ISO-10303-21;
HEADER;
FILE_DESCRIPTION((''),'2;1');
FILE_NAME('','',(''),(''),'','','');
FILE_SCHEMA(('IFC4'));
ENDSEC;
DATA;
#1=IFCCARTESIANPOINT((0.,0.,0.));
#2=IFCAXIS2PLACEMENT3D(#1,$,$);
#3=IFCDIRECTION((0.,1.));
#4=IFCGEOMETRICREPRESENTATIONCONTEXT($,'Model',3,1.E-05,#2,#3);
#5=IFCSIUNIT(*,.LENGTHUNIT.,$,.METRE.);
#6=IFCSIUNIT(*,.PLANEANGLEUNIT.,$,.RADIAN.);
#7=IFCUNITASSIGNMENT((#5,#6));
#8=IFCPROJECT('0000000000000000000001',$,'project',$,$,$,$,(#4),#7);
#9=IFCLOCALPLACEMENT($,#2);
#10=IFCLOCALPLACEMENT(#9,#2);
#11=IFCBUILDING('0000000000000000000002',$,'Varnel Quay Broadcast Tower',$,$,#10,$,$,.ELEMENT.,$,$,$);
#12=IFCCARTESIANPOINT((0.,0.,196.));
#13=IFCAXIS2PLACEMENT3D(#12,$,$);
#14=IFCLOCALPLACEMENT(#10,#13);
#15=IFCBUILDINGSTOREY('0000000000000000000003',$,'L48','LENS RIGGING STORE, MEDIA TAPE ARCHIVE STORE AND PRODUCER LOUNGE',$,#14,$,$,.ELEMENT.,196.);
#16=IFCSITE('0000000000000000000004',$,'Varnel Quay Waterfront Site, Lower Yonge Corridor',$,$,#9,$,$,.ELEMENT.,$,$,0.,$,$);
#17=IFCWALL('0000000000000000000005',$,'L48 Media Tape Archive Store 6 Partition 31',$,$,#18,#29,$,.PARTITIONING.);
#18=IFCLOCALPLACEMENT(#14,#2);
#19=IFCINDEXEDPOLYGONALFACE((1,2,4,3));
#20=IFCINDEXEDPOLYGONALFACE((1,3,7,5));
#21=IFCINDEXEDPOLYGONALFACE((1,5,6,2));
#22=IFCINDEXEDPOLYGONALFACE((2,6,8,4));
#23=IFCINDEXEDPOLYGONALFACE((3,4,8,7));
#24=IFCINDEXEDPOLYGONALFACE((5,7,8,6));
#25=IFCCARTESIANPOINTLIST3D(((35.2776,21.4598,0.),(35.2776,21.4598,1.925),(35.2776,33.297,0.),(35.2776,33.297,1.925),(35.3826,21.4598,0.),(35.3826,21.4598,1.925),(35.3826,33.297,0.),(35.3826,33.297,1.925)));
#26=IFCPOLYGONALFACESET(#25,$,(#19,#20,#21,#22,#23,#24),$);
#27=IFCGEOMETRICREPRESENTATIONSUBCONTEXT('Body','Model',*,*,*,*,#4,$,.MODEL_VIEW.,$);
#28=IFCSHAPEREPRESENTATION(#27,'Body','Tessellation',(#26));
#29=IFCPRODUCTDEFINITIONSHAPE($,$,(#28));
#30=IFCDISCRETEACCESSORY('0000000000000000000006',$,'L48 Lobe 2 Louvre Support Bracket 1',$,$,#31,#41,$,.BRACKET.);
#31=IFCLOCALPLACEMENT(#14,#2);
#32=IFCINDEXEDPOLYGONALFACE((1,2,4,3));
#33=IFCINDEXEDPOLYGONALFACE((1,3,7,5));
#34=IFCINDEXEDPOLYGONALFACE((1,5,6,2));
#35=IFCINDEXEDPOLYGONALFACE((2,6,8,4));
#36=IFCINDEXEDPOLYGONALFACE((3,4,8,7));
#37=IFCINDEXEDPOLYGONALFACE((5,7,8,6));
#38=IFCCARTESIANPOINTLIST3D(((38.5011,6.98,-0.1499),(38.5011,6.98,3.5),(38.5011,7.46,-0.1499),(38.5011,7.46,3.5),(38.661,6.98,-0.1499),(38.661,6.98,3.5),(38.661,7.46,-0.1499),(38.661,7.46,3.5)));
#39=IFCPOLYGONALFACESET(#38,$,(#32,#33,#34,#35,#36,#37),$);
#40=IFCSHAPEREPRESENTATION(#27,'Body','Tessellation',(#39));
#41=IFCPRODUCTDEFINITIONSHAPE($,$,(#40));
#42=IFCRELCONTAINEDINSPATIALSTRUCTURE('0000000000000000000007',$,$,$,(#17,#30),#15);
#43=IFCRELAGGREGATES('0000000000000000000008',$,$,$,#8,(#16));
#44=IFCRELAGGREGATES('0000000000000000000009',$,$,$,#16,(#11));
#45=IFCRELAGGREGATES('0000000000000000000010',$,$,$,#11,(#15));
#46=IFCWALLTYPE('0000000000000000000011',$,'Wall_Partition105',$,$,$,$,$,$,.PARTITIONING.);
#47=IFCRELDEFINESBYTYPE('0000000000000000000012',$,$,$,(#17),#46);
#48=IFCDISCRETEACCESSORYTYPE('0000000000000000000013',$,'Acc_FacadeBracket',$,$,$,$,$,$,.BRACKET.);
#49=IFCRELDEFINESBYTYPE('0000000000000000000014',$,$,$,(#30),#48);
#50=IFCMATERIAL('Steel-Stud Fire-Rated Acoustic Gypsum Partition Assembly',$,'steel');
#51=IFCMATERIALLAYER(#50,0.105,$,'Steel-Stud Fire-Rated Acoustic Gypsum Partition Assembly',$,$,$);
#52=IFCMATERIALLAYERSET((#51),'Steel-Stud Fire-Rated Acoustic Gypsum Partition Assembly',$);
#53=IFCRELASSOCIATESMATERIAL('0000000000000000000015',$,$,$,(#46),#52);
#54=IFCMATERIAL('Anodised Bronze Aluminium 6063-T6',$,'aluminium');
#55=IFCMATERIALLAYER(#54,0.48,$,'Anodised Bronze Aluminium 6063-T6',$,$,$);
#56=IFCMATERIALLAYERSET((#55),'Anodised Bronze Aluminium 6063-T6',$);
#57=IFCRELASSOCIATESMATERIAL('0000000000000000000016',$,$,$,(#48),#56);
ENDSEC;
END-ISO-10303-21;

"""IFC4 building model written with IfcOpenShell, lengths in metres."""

from ifc_helpers import new_model, si_unit, direction, frame, frame_2d, origin, origin_2d, place, context, subcontext, project, spatial, rectangle, extrude, source, transform, mapped, material, layer, layer_set, type_object, type_shapes, element, save


model = new_model("IFC4")

# Units and contexts
model_context = context("Model", 3, precision=1e-05, world=origin(), true_north=direction((0.0, 1.0)))
body_context = subcontext(model_context, "Body", "Model", "MODEL_VIEW")
ifc_project = project(units=[si_unit("LENGTHUNIT", "METRE"), si_unit("PLANEANGLEUNIT", "RADIAN")], contexts=[model_context])

# Site, building, storey
site_placement = place(None, origin())
site = spatial("IfcSite", under=ifc_project, at=site_placement, Name="Varnel Quay Waterfront Site, Lower Yonge Corridor", CompositionType="ELEMENT", RefElevation=0.0)
building_placement = place(site_placement, origin())
building = spatial("IfcBuilding", under=site, at=building_placement, Name="Varnel Quay Broadcast Tower", CompositionType="ELEMENT")
storey_placement = place(building_placement, frame((0.0, 0.0, 196.0)))
storey = spatial("IfcBuildingStorey", under=building, at=storey_placement, Name="L48", Description="LENS RIGGING STORE, MEDIA TAPE ARCHIVE STORE AND PRODUCER LOUNGE", CompositionType="ELEMENT", Elevation=196.0)

# Shared definitions
ifc_material_1 = material(Name="Anodised Bronze Aluminium 6063-T6", Category="aluminium")

# Shared definitions
ifc_material_2 = material(Name="Steel-Stud Fire-Rated Acoustic Gypsum Partition Assembly", Category="steel")
ifc_layer_1 = layer(ifc_material_2, 0.105, Name="Steel-Stud Fire-Rated Acoustic Gypsum Partition Assembly")
ifc_layer_set_1 = layer_set([ifc_layer_1], Name="Steel-Stud Fire-Rated Acoustic Gypsum Partition Assembly")
wall_type = type_object("IfcWallType", Name="Wall_Partition105", PredefinedType="PARTITIONING", material=ifc_layer_set_1)

# Wall
wall_1_placement = place(storey_placement, frame((35.3301, 21.46, 0.0), z_axis=(0.0, 0.0, 1.0), x_axis=(0.0, 1.0, 0.0)))
element("IfcWall", 1, at=wall_1_placement, inside=storey, type_object=wall_type, Name="L48 Media Tape Archive Store 6 Partition 31", PredefinedType="PARTITIONING", context=body_context, shape_type="SweptSolid", body=[
    extrude(rectangle(XDim=11.8372, YDim=0.105, at=frame_2d((5.9185, 0.0))), origin(), (0.0, 0.0, 1.0), 1.925),
])

# Discrete accessory
ifc_layer_2 = layer(ifc_material_1, 0.48, Name="Anodised Bronze Aluminium 6063-T6")
ifc_layer_set_2 = layer_set([ifc_layer_2], Name="Anodised Bronze Aluminium 6063-T6")
discrete_accessory_type = type_object("IfcDiscreteAccessoryType", Name="Acc_FacadeBracket", PredefinedType="BRACKET", material=ifc_layer_set_2)
shared_shape_1 = source(origin(), body_context, "Body", "SweptSolid", [
    extrude(rectangle(XDim=0.1599, YDim=0.48, at=origin_2d()), origin(), (0.0, 0.0, 1.0), 3.6499),
])
type_shapes(discrete_accessory_type, [shared_shape_1])
discrete_accessory_placement = place(storey_placement, frame((38.5811, 7.22, -0.1499), z_axis=(0.0, 0.0, 1.0), x_axis=(1.0, 0.0, 0.0)))
element("IfcDiscreteAccessory", 2, at=discrete_accessory_placement, inside=storey, type_object=discrete_accessory_type, Name="L48 Lobe 2 Louvre Support Bracket 1", PredefinedType="BRACKET", context=body_context, shape_type="MappedRepresentation", body=[
    mapped(shared_shape_1, transform((0.0, 0.0, 0.0), x_axis=(1.0, 0.0, 0.0), y_axis=(0.0, 1.0, 0.0), z_axis=(0.0, 0.0, 1.0), scale=1.0)),
])

save(model, "model.ifc")
